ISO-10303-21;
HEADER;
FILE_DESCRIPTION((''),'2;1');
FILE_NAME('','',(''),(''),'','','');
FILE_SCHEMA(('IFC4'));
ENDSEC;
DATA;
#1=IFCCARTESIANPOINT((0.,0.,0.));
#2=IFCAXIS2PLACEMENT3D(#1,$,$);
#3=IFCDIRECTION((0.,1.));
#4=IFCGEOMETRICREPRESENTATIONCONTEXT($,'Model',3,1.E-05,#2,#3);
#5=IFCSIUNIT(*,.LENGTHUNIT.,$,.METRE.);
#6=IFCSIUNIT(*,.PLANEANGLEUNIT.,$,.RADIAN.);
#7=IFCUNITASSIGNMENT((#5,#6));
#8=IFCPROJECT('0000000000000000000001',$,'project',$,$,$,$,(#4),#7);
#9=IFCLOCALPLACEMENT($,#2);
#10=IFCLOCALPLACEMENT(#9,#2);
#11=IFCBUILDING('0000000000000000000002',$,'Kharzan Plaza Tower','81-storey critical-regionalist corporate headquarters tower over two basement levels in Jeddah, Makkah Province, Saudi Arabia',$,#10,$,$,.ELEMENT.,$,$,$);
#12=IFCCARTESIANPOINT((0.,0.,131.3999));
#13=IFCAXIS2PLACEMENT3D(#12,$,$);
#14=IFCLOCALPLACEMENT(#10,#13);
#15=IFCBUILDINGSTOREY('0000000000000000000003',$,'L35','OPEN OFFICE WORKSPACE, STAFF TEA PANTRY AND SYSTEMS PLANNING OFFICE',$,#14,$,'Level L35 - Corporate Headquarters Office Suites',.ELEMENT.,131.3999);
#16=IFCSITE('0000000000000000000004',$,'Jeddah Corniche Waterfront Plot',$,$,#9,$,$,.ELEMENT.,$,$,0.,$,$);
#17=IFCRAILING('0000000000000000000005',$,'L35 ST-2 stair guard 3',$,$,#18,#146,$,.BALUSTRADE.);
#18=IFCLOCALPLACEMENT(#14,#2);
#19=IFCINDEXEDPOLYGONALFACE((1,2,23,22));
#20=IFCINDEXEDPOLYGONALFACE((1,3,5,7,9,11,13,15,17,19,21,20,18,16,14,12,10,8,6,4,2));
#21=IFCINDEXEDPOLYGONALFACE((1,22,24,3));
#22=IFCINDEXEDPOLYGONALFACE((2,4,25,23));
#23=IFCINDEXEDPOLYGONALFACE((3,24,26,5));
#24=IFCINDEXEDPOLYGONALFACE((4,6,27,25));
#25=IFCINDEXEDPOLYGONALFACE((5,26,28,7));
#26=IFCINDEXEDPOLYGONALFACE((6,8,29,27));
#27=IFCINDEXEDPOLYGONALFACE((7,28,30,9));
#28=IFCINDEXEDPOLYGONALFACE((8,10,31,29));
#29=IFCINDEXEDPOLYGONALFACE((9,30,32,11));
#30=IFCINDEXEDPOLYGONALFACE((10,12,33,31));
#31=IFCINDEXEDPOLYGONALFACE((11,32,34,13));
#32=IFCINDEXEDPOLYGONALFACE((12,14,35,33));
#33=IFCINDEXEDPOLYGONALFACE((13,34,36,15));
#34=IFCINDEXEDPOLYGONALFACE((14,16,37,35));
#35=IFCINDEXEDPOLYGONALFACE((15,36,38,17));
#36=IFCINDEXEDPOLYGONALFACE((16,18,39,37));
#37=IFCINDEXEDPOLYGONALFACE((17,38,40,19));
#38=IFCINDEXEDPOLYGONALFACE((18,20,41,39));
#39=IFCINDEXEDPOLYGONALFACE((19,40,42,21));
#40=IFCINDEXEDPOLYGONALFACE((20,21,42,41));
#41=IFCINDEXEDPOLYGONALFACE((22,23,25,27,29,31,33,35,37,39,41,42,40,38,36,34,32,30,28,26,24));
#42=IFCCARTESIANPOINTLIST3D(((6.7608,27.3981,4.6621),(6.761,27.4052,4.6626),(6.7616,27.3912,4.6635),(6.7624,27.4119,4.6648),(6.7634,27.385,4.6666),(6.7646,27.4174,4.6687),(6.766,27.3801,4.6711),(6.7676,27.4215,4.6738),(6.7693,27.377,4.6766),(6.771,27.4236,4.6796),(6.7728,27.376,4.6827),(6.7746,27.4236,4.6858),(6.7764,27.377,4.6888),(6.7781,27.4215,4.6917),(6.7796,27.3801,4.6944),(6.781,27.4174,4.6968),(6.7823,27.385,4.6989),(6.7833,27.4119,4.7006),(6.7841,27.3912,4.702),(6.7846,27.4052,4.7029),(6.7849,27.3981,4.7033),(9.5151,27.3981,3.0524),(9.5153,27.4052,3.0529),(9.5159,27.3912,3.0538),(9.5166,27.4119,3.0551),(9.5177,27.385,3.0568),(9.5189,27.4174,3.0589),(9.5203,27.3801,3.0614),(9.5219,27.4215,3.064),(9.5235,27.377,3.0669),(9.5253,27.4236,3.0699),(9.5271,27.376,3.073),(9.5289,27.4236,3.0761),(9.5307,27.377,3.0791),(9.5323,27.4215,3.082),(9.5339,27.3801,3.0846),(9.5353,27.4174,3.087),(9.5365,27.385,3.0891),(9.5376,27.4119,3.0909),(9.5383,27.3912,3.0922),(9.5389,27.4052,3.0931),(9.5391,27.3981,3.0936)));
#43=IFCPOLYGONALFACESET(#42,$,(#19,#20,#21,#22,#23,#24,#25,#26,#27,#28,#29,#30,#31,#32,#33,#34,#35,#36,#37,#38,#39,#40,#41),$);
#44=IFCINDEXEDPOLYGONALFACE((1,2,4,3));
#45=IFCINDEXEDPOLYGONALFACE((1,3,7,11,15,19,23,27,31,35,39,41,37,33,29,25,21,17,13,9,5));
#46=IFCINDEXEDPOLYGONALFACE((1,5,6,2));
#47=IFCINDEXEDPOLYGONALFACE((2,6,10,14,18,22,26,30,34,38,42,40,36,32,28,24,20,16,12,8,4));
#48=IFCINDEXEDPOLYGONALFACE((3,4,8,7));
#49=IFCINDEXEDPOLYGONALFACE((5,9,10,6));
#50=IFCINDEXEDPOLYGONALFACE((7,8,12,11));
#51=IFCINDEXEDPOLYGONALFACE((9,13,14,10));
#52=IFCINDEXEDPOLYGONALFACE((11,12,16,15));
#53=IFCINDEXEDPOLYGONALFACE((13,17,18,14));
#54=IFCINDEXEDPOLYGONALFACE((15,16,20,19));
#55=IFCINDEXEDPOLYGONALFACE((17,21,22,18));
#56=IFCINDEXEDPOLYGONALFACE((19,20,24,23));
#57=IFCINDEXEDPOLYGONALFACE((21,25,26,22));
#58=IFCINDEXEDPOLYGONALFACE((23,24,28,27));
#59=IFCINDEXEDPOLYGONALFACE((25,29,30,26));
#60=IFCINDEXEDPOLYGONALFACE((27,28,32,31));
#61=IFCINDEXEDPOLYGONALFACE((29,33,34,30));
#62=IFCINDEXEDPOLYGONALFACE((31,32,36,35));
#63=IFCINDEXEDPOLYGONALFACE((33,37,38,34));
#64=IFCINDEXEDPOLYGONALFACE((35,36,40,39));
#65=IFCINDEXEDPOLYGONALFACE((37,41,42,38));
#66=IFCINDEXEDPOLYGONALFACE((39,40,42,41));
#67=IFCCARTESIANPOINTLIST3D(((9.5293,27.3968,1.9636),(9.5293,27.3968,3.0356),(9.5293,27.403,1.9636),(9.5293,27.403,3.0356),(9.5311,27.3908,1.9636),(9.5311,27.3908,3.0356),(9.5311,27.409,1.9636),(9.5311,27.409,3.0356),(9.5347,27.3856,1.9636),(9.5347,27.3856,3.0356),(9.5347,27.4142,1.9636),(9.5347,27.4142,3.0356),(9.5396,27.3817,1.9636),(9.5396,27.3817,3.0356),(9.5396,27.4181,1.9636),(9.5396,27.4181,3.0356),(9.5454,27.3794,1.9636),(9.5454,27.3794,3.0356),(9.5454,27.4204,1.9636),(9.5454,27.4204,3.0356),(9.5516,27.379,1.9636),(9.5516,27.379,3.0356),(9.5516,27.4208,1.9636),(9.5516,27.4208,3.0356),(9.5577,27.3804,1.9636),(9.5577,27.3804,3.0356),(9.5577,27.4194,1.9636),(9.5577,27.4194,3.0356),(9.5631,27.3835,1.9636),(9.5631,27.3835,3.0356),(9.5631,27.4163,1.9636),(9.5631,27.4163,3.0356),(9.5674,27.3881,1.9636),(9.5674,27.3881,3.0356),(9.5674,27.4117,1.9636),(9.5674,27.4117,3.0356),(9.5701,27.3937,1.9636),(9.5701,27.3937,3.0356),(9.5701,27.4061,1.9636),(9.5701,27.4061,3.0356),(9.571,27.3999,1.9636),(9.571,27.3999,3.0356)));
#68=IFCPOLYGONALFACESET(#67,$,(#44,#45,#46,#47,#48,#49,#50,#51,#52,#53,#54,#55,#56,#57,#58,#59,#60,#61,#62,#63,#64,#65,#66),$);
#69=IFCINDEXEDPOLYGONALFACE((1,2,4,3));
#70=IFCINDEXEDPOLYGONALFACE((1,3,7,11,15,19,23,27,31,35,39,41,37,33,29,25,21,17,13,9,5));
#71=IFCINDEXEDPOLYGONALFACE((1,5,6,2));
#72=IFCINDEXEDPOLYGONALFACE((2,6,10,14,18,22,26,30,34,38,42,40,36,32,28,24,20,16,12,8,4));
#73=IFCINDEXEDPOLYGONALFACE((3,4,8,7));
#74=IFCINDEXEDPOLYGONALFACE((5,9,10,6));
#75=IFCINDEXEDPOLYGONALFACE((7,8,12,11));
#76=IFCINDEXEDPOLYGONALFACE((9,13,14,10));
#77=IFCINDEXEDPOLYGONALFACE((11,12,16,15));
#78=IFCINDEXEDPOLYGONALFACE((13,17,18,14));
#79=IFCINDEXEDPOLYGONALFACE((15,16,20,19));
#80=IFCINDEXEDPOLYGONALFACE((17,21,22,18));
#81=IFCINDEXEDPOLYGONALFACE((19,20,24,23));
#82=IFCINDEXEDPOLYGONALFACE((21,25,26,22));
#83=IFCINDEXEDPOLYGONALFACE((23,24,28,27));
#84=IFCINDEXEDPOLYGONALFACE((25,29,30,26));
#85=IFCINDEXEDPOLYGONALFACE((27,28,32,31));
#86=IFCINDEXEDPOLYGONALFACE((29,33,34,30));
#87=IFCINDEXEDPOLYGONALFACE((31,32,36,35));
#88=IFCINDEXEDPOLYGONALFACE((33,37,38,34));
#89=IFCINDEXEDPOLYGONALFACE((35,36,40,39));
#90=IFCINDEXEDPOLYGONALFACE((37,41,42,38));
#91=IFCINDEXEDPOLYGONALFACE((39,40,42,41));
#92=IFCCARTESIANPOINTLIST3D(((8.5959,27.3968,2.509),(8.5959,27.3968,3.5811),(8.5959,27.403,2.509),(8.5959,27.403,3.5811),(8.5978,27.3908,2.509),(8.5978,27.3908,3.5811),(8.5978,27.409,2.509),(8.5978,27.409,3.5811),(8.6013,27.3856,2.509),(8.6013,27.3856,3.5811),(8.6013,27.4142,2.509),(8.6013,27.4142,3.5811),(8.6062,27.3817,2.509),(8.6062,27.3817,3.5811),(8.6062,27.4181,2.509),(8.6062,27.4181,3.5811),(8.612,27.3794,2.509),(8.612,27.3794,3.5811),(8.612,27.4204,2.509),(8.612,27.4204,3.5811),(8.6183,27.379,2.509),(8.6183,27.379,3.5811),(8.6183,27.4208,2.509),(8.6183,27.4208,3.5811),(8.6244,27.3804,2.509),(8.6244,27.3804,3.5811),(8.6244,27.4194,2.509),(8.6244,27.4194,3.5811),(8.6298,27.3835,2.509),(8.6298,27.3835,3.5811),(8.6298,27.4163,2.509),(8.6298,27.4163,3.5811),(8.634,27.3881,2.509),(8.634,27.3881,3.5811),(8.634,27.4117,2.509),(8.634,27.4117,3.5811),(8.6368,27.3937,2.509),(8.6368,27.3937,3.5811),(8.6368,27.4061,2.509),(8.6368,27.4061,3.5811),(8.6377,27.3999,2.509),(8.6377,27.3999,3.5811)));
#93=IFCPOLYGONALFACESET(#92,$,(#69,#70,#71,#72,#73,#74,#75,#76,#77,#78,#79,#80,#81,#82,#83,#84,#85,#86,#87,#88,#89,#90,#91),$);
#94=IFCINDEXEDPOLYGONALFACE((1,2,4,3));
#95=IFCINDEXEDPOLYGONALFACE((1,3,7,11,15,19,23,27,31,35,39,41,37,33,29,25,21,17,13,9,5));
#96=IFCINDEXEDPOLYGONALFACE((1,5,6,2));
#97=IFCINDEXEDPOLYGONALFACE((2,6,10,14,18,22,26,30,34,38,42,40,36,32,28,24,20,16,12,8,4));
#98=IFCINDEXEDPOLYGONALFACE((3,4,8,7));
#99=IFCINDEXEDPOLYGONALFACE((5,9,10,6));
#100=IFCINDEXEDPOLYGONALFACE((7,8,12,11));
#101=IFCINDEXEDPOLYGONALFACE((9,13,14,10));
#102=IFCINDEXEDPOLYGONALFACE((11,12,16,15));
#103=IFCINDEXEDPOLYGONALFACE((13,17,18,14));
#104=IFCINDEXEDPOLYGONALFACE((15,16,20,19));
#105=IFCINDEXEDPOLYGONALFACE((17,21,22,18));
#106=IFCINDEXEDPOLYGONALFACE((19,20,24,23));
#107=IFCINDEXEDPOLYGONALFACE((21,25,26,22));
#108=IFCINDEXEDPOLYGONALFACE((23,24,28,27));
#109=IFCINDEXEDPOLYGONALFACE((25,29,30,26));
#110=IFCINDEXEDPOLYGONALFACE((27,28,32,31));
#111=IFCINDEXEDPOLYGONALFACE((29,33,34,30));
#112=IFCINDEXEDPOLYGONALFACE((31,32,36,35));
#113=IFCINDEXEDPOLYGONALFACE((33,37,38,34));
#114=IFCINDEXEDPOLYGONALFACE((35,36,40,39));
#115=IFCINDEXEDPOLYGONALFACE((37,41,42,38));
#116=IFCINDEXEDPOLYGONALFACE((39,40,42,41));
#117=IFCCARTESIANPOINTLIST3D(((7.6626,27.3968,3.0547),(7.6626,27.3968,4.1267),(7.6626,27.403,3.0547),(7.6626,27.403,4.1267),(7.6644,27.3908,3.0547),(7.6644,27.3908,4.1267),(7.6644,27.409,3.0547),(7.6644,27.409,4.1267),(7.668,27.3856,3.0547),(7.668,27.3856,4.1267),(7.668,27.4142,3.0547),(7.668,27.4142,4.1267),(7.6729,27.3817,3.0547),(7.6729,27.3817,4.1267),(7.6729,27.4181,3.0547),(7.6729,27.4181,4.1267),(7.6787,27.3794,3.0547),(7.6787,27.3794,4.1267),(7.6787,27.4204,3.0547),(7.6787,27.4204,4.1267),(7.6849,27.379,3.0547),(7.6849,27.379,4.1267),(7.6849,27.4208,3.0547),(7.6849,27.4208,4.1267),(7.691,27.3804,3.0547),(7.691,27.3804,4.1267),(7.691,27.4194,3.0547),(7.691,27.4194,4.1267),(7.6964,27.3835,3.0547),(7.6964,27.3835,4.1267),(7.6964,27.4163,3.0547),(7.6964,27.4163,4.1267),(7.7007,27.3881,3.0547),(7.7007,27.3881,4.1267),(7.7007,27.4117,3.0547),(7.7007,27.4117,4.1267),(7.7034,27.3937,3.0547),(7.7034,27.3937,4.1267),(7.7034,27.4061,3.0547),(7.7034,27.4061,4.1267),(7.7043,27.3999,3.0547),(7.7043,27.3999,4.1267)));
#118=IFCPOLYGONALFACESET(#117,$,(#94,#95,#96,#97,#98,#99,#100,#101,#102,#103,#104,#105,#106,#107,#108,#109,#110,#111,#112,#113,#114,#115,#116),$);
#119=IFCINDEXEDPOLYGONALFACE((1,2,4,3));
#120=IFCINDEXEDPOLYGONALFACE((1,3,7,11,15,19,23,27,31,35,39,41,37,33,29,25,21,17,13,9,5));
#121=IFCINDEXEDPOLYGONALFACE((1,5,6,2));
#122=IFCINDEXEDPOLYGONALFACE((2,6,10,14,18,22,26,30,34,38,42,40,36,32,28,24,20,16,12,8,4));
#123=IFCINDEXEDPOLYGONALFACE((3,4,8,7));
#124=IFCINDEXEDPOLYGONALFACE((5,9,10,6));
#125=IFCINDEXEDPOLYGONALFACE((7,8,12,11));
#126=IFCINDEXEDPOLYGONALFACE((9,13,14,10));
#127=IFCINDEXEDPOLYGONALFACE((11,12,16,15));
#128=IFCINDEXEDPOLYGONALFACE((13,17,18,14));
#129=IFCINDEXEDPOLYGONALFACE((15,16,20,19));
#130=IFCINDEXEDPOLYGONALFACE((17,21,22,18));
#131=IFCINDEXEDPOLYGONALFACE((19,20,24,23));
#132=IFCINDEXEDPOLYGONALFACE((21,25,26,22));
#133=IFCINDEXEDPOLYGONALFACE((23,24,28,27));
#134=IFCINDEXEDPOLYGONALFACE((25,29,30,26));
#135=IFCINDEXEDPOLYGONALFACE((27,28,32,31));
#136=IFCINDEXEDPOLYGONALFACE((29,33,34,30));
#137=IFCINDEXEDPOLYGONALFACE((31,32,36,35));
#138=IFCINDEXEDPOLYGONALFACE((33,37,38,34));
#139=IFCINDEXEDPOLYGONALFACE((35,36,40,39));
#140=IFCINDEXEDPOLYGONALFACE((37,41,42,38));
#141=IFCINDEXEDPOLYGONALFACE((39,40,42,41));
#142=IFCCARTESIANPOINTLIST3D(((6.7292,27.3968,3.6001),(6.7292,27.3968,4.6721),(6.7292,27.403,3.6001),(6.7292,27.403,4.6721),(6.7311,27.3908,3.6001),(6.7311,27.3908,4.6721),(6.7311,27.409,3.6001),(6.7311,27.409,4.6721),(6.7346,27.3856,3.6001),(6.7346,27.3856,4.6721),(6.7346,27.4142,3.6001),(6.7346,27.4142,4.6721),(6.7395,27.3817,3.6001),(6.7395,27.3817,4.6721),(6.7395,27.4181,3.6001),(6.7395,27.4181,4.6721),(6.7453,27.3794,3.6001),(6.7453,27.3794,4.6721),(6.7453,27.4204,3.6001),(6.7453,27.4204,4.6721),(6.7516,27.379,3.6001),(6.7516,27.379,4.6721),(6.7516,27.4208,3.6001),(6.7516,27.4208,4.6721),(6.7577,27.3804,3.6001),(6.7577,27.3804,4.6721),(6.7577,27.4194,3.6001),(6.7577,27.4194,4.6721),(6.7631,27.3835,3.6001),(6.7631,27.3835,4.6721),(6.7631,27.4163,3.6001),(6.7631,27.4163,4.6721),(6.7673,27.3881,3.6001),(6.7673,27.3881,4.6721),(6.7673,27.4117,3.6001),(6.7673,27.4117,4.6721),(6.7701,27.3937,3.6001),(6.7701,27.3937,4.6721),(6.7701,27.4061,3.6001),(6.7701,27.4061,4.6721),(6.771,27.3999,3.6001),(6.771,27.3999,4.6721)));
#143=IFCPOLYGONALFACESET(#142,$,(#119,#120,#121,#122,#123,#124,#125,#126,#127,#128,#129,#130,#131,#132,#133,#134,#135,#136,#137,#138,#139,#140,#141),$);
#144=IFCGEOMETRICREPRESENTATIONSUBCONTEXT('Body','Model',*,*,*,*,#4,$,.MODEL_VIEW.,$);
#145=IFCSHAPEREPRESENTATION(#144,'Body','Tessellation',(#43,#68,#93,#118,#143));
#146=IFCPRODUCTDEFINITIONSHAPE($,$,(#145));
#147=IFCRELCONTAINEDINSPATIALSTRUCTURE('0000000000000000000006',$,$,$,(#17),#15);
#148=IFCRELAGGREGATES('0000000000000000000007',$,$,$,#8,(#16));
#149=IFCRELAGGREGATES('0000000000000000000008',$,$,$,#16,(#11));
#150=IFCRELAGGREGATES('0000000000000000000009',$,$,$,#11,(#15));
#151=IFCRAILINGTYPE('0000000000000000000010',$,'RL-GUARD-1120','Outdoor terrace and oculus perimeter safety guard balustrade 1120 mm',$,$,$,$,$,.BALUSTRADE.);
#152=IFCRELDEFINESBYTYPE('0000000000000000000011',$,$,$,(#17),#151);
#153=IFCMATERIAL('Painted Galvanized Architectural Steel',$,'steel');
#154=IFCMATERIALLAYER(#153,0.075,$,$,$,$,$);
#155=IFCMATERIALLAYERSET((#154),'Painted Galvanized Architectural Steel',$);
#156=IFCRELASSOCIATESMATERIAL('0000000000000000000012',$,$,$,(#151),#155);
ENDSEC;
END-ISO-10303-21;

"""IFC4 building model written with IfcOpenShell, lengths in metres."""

from ifc_helpers import new_model, si_unit, direction, frame, origin, origin_2d, place, context, subcontext, project, spatial, circle, extrude, source, transform, mapped, material, layer, layer_set, type_object, element, save


model = new_model("IFC4")

# Units and contexts
model_context = context("Model", 3, precision=1e-05, world=origin(), true_north=direction((0.0, 1.0)))
body_context = subcontext(model_context, "Body", "Model", "MODEL_VIEW")
ifc_project = project(units=[si_unit("LENGTHUNIT", "METRE"), si_unit("PLANEANGLEUNIT", "RADIAN")], contexts=[model_context])

# Site, building, storey
site_placement = place(None, origin())
site = spatial("IfcSite", under=ifc_project, at=site_placement, Name="Jeddah Corniche Waterfront Plot", CompositionType="ELEMENT", RefElevation=0.0)
building_placement = place(site_placement, origin())
building = spatial("IfcBuilding", under=site, at=building_placement, Name="Kharzan Plaza Tower", Description="81-storey critical-regionalist corporate headquarters tower over two basement levels in Jeddah, Makkah Province, Saudi Arabia", CompositionType="ELEMENT")
storey_placement = place(building_placement, frame((0.0, 0.0, 131.3999)))
storey = spatial("IfcBuildingStorey", under=building, at=storey_placement, Name="L35", Description="OPEN OFFICE WORKSPACE, STAFF TEA PANTRY AND SYSTEMS PLANNING OFFICE", LongName="Level L35 - Corporate Headquarters Office Suites", CompositionType="ELEMENT", Elevation=131.3999)

# Railing
ifc_material_1 = material(Name="Painted Galvanized Architectural Steel", Category="steel")
ifc_layer_1 = layer(ifc_material_1, 0.075)
ifc_layer_set_1 = layer_set([ifc_layer_1], Name="Painted Galvanized Architectural Steel")
railing_type_1 = type_object("IfcRailingType", Name="RL-GUARD-1120", Description="Outdoor terrace and oculus perimeter safety guard balustrade 1120 mm", PredefinedType="BALUSTRADE", material=ifc_layer_set_1)
shared_shape_1 = source(origin(), body_context, "Body", "SweptSolid", [
    extrude(circle(Radius=0.0239, at=origin_2d()), frame((-0.0229, 0.0, 1.1094), z_axis=(-0.863361, 0.0, 0.504587), x_axis=(0.0, -1.0, 0.0)), (0.0, 0.0, 1.0), 3.1902),
    extrude(circle(Radius=0.021, at=origin_2d()), origin(), (0.0, 0.0, 1.0), 1.072),
    extrude(circle(Radius=0.021, at=origin_2d()), frame((-0.9333, 0.0, 0.5454)), (0.0, 0.0, 1.0), 1.072),
    extrude(circle(Radius=0.021, at=origin_2d()), frame((-1.8667, 0.0, 1.0911)), (0.0, 0.0, 1.0), 1.072),
    extrude(circle(Radius=0.021, at=origin_2d()), frame((-2.8, 0.0, 1.6365)), (0.0, 0.0, 1.0), 1.072),
])
railing_1_placement = place(storey_placement, frame((9.55, 27.3999, 1.9636)))
element("IfcRailing", 1, at=railing_1_placement, inside=storey, type_object=railing_type_1, Name="L35 ST-2 stair guard 3", PredefinedType="BALUSTRADE", context=body_context, shape_type="MappedRepresentation", body=[
    mapped(shared_shape_1, transform((0.0, 0.0, 0.0), x_axis=(1.0, 0.0, 0.0), y_axis=(0.0, 1.0, 0.0), z_axis=(0.0, 0.0, 1.0))),
])

save(model, "model.ifc")
